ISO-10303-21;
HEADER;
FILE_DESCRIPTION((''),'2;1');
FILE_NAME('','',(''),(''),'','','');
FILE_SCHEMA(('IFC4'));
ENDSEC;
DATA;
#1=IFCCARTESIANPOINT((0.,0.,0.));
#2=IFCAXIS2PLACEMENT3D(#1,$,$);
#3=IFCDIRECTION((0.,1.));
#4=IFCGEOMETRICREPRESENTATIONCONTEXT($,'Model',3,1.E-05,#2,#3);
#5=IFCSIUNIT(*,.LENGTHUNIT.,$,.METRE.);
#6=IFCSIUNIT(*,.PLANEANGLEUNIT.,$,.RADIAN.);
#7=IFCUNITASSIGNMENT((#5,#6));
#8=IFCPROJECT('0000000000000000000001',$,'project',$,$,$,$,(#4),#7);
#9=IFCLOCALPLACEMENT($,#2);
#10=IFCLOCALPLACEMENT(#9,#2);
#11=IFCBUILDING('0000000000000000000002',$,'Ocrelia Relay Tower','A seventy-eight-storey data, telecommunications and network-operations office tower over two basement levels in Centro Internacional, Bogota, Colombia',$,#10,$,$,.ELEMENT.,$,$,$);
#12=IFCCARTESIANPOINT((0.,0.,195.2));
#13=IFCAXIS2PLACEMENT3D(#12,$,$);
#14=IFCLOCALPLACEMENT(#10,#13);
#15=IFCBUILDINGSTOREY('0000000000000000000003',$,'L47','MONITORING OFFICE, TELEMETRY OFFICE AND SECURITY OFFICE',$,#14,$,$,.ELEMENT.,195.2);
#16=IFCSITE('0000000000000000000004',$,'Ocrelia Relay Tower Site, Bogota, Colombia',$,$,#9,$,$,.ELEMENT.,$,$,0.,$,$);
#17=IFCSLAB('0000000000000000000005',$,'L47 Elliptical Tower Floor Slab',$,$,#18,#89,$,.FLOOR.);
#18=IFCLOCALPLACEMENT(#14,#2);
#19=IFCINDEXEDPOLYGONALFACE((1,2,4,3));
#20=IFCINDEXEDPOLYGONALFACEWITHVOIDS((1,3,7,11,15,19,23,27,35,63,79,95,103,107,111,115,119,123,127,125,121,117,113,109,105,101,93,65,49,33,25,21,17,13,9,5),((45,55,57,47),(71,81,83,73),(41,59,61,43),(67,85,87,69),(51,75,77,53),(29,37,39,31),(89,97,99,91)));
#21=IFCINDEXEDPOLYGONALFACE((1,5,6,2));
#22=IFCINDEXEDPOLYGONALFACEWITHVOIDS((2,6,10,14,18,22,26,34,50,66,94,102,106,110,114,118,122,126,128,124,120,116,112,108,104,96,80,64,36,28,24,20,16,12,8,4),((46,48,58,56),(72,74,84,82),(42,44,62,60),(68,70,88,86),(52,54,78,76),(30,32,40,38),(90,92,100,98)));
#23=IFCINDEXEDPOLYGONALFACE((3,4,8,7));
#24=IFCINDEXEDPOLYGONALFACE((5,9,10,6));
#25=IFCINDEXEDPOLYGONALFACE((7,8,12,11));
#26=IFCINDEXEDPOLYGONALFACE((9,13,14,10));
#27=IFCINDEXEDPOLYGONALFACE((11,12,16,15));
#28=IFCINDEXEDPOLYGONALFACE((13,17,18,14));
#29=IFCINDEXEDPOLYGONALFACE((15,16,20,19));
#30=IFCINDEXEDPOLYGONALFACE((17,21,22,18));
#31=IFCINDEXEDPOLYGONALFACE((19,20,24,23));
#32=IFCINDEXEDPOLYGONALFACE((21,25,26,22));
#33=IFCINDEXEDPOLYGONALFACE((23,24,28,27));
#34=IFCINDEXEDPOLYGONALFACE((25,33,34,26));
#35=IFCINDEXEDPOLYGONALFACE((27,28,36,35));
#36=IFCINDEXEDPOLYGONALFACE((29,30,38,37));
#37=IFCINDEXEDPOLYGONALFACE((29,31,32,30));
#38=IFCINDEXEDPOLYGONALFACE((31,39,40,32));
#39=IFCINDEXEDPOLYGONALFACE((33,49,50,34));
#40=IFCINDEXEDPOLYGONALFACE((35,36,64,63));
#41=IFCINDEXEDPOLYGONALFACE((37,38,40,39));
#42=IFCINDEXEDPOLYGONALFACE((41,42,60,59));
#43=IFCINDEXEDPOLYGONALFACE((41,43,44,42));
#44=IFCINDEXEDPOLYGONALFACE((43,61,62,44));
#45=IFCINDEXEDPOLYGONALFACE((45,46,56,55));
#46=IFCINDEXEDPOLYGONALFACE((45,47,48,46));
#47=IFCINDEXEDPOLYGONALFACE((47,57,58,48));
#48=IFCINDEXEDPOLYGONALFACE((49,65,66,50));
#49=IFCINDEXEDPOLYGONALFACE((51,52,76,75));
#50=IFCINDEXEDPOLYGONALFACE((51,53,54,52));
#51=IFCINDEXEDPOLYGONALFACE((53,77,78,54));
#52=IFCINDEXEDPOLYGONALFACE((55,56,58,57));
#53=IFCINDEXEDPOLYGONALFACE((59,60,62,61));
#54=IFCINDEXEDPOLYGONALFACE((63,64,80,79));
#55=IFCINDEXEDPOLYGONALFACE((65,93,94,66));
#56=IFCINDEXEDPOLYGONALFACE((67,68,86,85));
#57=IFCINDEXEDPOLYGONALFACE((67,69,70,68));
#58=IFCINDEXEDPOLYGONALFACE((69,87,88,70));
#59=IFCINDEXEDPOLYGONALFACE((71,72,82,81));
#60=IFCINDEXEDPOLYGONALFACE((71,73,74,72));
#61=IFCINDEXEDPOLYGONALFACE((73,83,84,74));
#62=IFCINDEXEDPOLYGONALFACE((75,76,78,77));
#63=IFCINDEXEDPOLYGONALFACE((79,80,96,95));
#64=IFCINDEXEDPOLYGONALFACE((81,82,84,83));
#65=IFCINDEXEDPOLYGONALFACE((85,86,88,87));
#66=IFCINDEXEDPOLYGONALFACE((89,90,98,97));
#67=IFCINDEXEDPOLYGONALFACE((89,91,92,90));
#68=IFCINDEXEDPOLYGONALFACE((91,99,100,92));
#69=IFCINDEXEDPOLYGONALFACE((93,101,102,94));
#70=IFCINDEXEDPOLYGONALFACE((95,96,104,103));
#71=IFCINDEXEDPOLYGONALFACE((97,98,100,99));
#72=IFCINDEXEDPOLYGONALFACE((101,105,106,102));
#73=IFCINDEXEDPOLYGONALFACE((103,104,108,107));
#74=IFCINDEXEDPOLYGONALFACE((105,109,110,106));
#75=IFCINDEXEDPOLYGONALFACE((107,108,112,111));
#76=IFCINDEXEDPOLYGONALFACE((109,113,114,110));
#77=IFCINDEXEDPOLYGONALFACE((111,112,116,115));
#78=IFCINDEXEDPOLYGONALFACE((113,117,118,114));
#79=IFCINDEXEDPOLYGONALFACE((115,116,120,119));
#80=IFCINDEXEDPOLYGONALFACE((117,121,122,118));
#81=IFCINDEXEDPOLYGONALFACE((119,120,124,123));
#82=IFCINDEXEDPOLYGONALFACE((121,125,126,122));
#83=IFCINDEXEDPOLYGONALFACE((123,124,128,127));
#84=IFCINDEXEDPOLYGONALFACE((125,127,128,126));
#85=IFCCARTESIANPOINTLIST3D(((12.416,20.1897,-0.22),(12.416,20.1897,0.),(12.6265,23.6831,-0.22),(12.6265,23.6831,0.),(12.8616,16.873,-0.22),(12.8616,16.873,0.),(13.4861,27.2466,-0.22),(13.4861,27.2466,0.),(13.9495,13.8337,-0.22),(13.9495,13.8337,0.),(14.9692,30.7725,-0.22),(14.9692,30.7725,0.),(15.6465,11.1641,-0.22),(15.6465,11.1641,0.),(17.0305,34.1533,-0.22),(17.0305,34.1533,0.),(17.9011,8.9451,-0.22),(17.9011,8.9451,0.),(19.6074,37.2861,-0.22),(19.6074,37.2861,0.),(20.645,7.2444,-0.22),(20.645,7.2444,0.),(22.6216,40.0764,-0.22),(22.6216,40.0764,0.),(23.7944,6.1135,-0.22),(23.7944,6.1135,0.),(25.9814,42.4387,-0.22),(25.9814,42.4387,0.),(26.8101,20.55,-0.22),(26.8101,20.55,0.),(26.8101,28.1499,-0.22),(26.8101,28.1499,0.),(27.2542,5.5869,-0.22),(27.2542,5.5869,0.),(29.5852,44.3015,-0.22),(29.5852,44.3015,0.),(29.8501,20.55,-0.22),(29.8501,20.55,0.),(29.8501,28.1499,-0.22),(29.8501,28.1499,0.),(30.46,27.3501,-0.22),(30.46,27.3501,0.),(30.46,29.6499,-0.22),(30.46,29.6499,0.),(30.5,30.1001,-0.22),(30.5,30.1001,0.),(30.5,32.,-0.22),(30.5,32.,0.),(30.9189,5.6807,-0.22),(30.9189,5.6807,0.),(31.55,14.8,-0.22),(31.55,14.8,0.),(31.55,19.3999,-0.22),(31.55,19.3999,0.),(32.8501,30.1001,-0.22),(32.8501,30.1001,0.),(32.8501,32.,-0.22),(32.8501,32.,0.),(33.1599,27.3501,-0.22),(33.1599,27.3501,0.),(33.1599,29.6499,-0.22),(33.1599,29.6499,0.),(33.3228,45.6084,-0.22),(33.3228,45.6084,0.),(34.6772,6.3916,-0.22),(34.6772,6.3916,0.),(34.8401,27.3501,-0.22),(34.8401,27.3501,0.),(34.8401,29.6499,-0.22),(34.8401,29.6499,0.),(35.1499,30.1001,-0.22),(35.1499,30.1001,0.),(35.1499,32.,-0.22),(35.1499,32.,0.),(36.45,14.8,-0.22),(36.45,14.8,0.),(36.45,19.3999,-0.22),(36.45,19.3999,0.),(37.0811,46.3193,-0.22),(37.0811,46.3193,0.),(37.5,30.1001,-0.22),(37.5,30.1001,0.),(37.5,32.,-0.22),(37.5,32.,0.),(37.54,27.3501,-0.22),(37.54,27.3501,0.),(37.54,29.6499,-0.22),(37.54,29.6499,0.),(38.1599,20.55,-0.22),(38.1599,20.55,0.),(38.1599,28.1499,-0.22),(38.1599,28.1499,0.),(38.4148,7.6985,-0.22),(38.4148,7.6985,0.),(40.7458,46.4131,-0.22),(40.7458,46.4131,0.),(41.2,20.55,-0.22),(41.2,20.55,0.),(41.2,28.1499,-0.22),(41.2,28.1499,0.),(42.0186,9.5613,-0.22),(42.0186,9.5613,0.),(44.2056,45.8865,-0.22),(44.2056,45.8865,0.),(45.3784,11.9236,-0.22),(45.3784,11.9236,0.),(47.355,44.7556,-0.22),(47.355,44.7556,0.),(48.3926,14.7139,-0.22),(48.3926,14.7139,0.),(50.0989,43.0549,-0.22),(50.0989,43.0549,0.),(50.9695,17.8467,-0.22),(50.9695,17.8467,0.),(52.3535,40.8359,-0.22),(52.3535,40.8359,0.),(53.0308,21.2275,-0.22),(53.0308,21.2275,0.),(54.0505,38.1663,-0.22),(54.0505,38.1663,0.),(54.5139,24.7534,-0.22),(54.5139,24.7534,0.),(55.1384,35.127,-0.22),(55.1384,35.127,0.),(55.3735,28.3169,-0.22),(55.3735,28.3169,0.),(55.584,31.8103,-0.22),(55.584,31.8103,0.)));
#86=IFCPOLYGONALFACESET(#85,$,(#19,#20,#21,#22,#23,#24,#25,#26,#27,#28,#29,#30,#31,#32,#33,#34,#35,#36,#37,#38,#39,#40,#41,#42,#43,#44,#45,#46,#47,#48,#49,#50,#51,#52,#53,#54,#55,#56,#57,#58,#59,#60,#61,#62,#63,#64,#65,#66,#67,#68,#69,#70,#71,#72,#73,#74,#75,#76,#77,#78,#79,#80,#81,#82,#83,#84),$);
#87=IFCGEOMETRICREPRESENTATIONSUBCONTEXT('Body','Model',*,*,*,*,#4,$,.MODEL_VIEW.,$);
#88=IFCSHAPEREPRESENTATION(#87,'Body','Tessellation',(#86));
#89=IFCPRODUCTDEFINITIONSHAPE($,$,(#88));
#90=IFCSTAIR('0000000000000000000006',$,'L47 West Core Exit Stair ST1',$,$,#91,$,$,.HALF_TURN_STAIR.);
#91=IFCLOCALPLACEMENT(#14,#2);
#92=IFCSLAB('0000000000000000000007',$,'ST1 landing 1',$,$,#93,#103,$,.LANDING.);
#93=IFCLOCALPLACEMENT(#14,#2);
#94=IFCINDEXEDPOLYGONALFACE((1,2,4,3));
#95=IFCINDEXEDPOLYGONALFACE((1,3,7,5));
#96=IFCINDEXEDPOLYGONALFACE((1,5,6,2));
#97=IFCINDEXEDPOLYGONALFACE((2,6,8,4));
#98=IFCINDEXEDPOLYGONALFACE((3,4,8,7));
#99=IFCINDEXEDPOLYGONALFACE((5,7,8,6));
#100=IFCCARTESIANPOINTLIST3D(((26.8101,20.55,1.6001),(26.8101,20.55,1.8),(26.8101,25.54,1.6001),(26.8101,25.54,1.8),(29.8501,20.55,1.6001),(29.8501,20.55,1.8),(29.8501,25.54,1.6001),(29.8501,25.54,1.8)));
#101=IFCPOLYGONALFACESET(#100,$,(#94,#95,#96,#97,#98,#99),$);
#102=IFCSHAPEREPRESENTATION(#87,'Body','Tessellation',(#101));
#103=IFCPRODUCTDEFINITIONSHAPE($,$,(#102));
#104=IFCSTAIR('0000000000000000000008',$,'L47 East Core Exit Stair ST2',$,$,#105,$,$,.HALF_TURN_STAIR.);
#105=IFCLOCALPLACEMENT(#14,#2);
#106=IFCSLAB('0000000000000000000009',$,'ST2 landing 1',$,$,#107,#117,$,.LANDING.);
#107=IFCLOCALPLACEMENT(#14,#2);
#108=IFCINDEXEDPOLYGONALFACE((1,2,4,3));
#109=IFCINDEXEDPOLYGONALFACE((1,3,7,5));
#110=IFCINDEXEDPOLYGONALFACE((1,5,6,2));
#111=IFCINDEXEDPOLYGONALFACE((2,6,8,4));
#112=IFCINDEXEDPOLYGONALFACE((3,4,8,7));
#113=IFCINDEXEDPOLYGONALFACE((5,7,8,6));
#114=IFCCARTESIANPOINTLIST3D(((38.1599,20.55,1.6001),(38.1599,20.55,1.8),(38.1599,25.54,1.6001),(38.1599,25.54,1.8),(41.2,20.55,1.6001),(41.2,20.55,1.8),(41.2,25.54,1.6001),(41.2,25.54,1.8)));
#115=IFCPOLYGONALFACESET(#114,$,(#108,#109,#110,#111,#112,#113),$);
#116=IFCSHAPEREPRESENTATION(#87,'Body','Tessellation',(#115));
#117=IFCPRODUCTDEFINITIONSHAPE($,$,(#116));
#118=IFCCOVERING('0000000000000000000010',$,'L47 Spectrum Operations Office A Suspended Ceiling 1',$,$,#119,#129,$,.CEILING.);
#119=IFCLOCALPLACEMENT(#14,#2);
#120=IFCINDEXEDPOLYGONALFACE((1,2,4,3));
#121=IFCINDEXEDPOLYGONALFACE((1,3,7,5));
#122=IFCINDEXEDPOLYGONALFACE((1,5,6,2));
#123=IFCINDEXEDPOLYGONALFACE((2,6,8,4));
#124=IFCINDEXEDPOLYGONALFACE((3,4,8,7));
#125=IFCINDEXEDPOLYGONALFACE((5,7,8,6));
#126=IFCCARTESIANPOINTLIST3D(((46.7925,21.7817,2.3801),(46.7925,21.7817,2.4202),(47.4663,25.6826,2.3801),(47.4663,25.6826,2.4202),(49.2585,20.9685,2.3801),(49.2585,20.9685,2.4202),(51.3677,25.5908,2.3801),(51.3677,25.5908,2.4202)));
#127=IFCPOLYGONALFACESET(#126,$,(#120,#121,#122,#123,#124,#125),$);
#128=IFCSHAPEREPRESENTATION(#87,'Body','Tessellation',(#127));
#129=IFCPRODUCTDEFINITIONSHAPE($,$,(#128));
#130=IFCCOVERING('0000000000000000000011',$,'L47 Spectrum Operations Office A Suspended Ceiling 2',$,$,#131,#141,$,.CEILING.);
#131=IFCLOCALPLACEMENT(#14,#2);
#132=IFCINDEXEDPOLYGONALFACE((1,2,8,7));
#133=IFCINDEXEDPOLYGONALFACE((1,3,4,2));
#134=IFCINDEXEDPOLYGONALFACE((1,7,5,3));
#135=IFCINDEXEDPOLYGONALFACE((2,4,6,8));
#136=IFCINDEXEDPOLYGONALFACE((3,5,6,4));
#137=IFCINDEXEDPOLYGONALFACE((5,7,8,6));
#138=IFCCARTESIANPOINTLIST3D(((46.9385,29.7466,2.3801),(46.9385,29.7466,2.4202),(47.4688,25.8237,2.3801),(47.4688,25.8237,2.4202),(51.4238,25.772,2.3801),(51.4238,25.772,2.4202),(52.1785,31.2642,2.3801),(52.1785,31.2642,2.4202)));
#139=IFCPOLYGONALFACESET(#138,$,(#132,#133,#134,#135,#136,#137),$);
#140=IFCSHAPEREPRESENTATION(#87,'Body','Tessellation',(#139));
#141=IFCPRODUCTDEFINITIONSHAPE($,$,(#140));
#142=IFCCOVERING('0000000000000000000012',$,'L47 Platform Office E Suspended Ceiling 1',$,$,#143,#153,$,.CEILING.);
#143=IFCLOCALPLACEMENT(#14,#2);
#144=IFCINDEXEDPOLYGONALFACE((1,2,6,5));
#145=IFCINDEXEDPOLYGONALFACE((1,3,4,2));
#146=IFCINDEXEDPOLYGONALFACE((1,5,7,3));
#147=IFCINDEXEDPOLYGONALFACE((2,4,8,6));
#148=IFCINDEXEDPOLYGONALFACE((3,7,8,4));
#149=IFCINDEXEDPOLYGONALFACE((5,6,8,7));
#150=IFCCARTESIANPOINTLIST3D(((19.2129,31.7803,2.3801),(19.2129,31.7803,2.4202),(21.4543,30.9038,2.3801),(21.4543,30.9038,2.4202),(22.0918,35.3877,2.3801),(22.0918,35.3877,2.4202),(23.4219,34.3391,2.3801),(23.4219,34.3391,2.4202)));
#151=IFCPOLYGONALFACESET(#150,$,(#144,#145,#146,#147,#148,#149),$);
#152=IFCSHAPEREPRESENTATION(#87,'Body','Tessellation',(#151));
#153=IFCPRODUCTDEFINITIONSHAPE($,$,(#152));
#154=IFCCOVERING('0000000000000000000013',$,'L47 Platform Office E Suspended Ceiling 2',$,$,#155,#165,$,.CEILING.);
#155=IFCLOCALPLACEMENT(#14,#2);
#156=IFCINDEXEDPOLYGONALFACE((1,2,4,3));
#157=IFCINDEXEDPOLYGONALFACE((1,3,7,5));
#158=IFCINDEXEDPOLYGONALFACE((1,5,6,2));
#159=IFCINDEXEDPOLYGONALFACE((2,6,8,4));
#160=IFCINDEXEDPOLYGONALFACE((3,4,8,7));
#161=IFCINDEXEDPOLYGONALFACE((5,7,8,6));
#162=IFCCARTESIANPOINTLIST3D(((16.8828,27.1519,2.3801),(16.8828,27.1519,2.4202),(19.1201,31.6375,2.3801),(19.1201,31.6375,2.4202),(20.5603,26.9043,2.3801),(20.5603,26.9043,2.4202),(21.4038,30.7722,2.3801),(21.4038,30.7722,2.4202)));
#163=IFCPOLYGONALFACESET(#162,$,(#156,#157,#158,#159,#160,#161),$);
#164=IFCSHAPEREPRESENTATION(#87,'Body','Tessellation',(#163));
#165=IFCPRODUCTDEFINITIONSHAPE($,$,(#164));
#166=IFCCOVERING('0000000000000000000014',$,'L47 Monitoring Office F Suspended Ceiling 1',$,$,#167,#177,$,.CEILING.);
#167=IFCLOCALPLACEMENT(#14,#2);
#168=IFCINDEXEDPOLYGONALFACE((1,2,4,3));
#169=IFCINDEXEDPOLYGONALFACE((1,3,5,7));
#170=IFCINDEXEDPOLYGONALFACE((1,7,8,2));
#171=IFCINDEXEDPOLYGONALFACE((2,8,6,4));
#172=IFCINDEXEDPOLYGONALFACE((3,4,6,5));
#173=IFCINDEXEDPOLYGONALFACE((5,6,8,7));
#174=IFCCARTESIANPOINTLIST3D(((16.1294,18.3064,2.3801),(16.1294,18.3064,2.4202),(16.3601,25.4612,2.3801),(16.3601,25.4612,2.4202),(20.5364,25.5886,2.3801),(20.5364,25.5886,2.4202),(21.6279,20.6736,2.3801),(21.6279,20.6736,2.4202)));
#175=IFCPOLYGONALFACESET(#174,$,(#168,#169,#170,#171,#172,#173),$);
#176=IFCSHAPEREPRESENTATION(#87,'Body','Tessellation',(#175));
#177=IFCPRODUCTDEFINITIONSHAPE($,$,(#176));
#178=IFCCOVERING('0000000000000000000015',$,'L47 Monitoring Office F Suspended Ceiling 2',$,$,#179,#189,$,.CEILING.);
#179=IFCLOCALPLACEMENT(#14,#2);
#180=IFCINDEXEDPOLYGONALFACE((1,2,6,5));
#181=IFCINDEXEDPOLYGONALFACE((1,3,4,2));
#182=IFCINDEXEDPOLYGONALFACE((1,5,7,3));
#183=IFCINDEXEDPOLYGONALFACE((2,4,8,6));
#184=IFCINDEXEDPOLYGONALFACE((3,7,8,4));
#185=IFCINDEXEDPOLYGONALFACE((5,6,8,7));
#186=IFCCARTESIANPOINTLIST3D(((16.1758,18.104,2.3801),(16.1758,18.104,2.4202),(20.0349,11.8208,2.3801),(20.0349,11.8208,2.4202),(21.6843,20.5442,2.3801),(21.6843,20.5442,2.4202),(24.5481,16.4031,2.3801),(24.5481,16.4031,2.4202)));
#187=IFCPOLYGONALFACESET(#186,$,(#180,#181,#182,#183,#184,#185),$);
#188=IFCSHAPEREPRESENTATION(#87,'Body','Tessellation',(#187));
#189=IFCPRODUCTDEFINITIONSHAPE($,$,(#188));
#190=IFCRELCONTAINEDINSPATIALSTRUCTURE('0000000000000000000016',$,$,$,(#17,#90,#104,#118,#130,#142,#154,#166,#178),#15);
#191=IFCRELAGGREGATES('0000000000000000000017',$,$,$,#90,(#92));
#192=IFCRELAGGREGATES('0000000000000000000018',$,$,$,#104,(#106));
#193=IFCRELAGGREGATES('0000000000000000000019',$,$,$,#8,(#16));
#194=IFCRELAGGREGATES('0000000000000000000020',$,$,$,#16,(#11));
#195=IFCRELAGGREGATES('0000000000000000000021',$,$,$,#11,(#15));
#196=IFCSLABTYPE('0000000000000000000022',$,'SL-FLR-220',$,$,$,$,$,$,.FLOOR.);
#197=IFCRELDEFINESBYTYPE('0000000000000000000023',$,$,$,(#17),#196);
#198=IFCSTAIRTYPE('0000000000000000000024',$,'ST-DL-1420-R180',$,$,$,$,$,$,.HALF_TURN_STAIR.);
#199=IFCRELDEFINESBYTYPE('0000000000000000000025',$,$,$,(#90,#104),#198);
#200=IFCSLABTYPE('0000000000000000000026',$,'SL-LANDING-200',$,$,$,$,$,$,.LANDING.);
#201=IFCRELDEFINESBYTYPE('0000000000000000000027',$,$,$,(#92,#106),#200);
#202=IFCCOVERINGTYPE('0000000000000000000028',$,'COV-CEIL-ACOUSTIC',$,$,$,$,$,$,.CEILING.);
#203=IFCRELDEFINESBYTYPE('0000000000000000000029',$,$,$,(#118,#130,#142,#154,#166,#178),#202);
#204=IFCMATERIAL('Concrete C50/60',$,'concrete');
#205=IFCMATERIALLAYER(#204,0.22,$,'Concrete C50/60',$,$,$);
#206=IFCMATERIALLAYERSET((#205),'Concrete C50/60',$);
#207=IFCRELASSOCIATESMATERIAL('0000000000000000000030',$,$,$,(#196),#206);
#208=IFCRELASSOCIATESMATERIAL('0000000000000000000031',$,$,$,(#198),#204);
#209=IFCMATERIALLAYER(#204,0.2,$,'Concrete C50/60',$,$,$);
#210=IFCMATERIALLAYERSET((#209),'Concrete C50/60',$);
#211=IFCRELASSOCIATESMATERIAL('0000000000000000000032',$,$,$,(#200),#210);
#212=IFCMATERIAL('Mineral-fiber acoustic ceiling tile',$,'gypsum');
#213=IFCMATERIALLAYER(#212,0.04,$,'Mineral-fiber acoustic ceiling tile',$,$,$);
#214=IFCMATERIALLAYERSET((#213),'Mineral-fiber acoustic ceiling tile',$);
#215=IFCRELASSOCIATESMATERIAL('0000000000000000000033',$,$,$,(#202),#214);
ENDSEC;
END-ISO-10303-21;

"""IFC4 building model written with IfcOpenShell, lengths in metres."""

from ifc_helpers import new_model, si_unit, direction, frame, origin, place, context, subcontext, project, spatial, polyline, outline, extrude, material, layer, layer_set, type_object, element, aggregate, save


model = new_model("IFC4")

# Units and contexts
model_context = context("Model", 3, precision=1e-05, world=origin(), true_north=direction((0.0, 1.0)))
body_context = subcontext(model_context, "Body", "Model", "MODEL_VIEW")
ifc_project = project(units=[si_unit("LENGTHUNIT", "METRE"), si_unit("PLANEANGLEUNIT", "RADIAN")], contexts=[model_context])

# Site, building, storey
site_placement = place(None, origin())
site = spatial("IfcSite", under=ifc_project, at=site_placement, Name="Ocrelia Relay Tower Site, Bogota, Colombia", CompositionType="ELEMENT", RefElevation=0.0)
building_placement = place(site_placement, origin())
building = spatial("IfcBuilding", under=site, at=building_placement, Name="Ocrelia Relay Tower", Description="A seventy-eight-storey data, telecommunications and network-operations office tower over two basement levels in Centro Internacional, Bogota, Colombia", CompositionType="ELEMENT")
storey_placement = place(building_placement, frame((0.0, 0.0, 195.2)))
storey = spatial("IfcBuildingStorey", under=building, at=storey_placement, Name="L47", Description="MONITORING OFFICE, TELEMETRY OFFICE AND SECURITY OFFICE", CompositionType="ELEMENT", Elevation=195.2)

# Slab
ifc_material_1 = material(Name="Concrete C50/60", Category="concrete")
ifc_layer_1 = layer(ifc_material_1, 0.22, Name="Concrete C50/60")
ifc_layer_set_1 = layer_set([ifc_layer_1], Name="Concrete C50/60")
slab_type_1 = type_object("IfcSlabType", Name="SL-FLR-220", PredefinedType="FLOOR", material=ifc_layer_set_1)
slab_1_placement = place(storey_placement, frame((0.0, 0.0, -0.22)))
element("IfcSlab", 1, at=slab_1_placement, inside=storey, type_object=slab_type_1, Name="L47 Elliptical Tower Floor Slab", PredefinedType="FLOOR", context=body_context, shape_type="SweptSolid", body=[
    extrude(outline(polyline([(52.3535, 40.8359), (50.0989, 43.0549), (47.355, 44.7556), (44.2056, 45.8865), (40.7458, 46.4131), (37.0811, 46.3193), (33.3228, 45.6084), (29.5852, 44.3015), (25.9814, 42.4387), (22.6216, 40.0764), (19.6074, 37.2861), (17.0305, 34.1533), (14.9692, 30.7725), (13.4861, 27.2466), (12.6265, 23.6831), (12.416, 20.1897), (12.8616, 16.873), (13.9495, 13.8337), (15.6465, 11.1641), (17.9011, 8.9451), (20.645, 7.2444), (23.7944, 6.1135), (27.2542, 5.5869), (30.9189, 5.6807), (34.6772, 6.3916), (38.4148, 7.6985), (42.0186, 9.5613), (45.3784, 11.9236), (48.3926, 14.7139), (50.9695, 17.8467), (53.0308, 21.2275), (54.5139, 24.7534), (55.3735, 28.3169), (55.584, 31.8103), (55.1384, 35.127), (54.0505, 38.1663), (52.3535, 40.8359)]), holes=[polyline([(26.8101, 28.1499), (26.8101, 20.55), (29.8501, 20.55), (29.8501, 28.1499), (26.8101, 28.1499)]), polyline([(38.1599, 28.1499), (38.1599, 20.55), (41.2, 20.55), (41.2, 28.1499), (38.1599, 28.1499)]), polyline([(30.46, 27.3501), (33.1599, 27.3501), (33.1599, 29.6499), (30.46, 29.6499), (30.46, 27.3501)]), polyline([(34.8401, 27.3501), (37.54, 27.3501), (37.54, 29.6499), (34.8401, 29.6499), (34.8401, 27.3501)]), polyline([(30.5, 30.1001), (32.8501, 30.1001), (32.8501, 32.0), (30.5, 32.0), (30.5, 30.1001)]), polyline([(35.1499, 30.1001), (37.5, 30.1001), (37.5, 32.0), (35.1499, 32.0), (35.1499, 30.1001)]), polyline([(31.55, 14.8), (36.45, 14.8), (36.45, 19.3999), (31.55, 19.3999), (31.55, 14.8)])]), origin(), (0.0, 0.0, 1.0), 0.22),
])

# Stairs, slabs
stair_type = type_object("IfcStairType", Name="ST-DL-1420-R180", PredefinedType="HALF_TURN_STAIR", material=ifc_material_1)
stair_1_placement = place(storey_placement, origin())
stair_1 = element("IfcStair", 2, at=stair_1_placement, inside=storey, type_object=stair_type, Name="L47 West Core Exit Stair ST1", PredefinedType="HALF_TURN_STAIR")
ifc_layer_2 = layer(ifc_material_1, 0.2, Name="Concrete C50/60")
ifc_layer_set_2 = layer_set([ifc_layer_2], Name="Concrete C50/60")
slab_type_2 = type_object("IfcSlabType", Name="SL-LANDING-200", PredefinedType="LANDING", material=ifc_layer_set_2)
slab_2_placement = place(storey_placement, frame((0.0, 0.0, 1.6001)))
slab_2 = element("IfcSlab", 3, at=slab_2_placement, type_object=slab_type_2, Name="ST1 landing 1", PredefinedType="LANDING", context=body_context, shape_type="SweptSolid", body=[
    extrude(outline(polyline([(26.8101, 25.54), (26.8101, 20.55), (29.8501, 20.55), (29.8501, 25.54), (26.8101, 25.54)])), origin(), (0.0, 0.0, 1.0), 0.2),
])
aggregate(stair_1, [slab_2])
stair_2_placement = place(storey_placement, origin())
stair_2 = element("IfcStair", 4, at=stair_2_placement, inside=storey, type_object=stair_type, Name="L47 East Core Exit Stair ST2", PredefinedType="HALF_TURN_STAIR")
slab_3_placement = place(storey_placement, frame((0.0, 0.0, 1.6001)))
slab_3 = element("IfcSlab", 5, at=slab_3_placement, type_object=slab_type_2, Name="ST2 landing 1", PredefinedType="LANDING", context=body_context, shape_type="SweptSolid", body=[
    extrude(outline(polyline([(38.1599, 25.54), (38.1599, 20.55), (41.2, 20.55), (41.2, 25.54), (38.1599, 25.54)])), origin(), (0.0, 0.0, 1.0), 0.2),
])
aggregate(stair_2, [slab_3])

# Coverings
ifc_material_2 = material(Name="Mineral-fiber acoustic ceiling tile", Category="gypsum")
ifc_layer_3 = layer(ifc_material_2, 0.04, Name="Mineral-fiber acoustic ceiling tile")
ifc_layer_set_3 = layer_set([ifc_layer_3], Name="Mineral-fiber acoustic ceiling tile")
covering_type = type_object("IfcCoveringType", Name="COV-CEIL-ACOUSTIC", PredefinedType="CEILING", material=ifc_layer_set_3)
covering_1_placement = place(storey_placement, frame((0.0, 0.0, 2.3801)))
element("IfcCovering", 6, at=covering_1_placement, inside=storey, type_object=covering_type, Name="L47 Spectrum Operations Office A Suspended Ceiling 1", PredefinedType="CEILING", context=body_context, shape_type="SweptSolid", body=[
    extrude(outline(polyline([(46.7925, 21.7817), (49.2585, 20.9685), (51.3677, 25.5908), (47.4663, 25.6826), (46.7925, 21.7817)])), origin(), (0.0, 0.0, 1.0), 0.04),
])
covering_2_placement = place(storey_placement, frame((0.0, 0.0, 2.3801)))
element("IfcCovering", 7, at=covering_2_placement, inside=storey, type_object=covering_type, Name="L47 Spectrum Operations Office A Suspended Ceiling 2", PredefinedType="CEILING", context=body_context, shape_type="SweptSolid", body=[
    extrude(outline(polyline([(47.4688, 25.8237), (51.4238, 25.772), (52.1785, 31.2642), (46.9385, 29.7466), (47.4688, 25.8237)])), origin(), (0.0, 0.0, 1.0), 0.04),
])
covering_3_placement = place(storey_placement, frame((0.0, 0.0, 2.3801)))
element("IfcCovering", 8, at=covering_3_placement, inside=storey, type_object=covering_type, Name="L47 Platform Office E Suspended Ceiling 1", PredefinedType="CEILING", context=body_context, shape_type="SweptSolid", body=[
    extrude(outline(polyline([(23.4219, 34.3391), (22.0918, 35.3877), (19.2129, 31.7803), (21.4543, 30.9038), (23.4219, 34.3391)])), origin(), (0.0, 0.0, 1.0), 0.04),
])
covering_4_placement = place(storey_placement, frame((0.0, 0.0, 2.3801)))
element("IfcCovering", 9, at=covering_4_placement, inside=storey, type_object=covering_type, Name="L47 Platform Office E Suspended Ceiling 2", PredefinedType="CEILING", context=body_context, shape_type="SweptSolid", body=[
    extrude(outline(polyline([(21.4038, 30.7722), (19.1201, 31.6375), (16.8828, 27.1519), (20.5603, 26.9043), (21.4038, 30.7722)])), origin(), (0.0, 0.0, 1.0), 0.04),
])
covering_5_placement = place(storey_placement, frame((0.0, 0.0, 2.3801)))
element("IfcCovering", 10, at=covering_5_placement, inside=storey, type_object=covering_type, Name="L47 Monitoring Office F Suspended Ceiling 1", PredefinedType="CEILING", context=body_context, shape_type="SweptSolid", body=[
    extrude(outline(polyline([(20.5364, 25.5886), (16.3601, 25.4612), (16.1294, 18.3064), (21.6279, 20.6736), (20.5364, 25.5886)])), origin(), (0.0, 0.0, 1.0), 0.04),
])
covering_6_placement = place(storey_placement, frame((0.0, 0.0, 2.3801)))
element("IfcCovering", 11, at=covering_6_placement, inside=storey, type_object=covering_type, Name="L47 Monitoring Office F Suspended Ceiling 2", PredefinedType="CEILING", context=body_context, shape_type="SweptSolid", body=[
    extrude(outline(polyline([(21.6843, 20.5442), (16.1758, 18.104), (20.0349, 11.8208), (24.5481, 16.4031), (21.6843, 20.5442)])), origin(), (0.0, 0.0, 1.0), 0.04),
])

save(model, "model.ifc")
